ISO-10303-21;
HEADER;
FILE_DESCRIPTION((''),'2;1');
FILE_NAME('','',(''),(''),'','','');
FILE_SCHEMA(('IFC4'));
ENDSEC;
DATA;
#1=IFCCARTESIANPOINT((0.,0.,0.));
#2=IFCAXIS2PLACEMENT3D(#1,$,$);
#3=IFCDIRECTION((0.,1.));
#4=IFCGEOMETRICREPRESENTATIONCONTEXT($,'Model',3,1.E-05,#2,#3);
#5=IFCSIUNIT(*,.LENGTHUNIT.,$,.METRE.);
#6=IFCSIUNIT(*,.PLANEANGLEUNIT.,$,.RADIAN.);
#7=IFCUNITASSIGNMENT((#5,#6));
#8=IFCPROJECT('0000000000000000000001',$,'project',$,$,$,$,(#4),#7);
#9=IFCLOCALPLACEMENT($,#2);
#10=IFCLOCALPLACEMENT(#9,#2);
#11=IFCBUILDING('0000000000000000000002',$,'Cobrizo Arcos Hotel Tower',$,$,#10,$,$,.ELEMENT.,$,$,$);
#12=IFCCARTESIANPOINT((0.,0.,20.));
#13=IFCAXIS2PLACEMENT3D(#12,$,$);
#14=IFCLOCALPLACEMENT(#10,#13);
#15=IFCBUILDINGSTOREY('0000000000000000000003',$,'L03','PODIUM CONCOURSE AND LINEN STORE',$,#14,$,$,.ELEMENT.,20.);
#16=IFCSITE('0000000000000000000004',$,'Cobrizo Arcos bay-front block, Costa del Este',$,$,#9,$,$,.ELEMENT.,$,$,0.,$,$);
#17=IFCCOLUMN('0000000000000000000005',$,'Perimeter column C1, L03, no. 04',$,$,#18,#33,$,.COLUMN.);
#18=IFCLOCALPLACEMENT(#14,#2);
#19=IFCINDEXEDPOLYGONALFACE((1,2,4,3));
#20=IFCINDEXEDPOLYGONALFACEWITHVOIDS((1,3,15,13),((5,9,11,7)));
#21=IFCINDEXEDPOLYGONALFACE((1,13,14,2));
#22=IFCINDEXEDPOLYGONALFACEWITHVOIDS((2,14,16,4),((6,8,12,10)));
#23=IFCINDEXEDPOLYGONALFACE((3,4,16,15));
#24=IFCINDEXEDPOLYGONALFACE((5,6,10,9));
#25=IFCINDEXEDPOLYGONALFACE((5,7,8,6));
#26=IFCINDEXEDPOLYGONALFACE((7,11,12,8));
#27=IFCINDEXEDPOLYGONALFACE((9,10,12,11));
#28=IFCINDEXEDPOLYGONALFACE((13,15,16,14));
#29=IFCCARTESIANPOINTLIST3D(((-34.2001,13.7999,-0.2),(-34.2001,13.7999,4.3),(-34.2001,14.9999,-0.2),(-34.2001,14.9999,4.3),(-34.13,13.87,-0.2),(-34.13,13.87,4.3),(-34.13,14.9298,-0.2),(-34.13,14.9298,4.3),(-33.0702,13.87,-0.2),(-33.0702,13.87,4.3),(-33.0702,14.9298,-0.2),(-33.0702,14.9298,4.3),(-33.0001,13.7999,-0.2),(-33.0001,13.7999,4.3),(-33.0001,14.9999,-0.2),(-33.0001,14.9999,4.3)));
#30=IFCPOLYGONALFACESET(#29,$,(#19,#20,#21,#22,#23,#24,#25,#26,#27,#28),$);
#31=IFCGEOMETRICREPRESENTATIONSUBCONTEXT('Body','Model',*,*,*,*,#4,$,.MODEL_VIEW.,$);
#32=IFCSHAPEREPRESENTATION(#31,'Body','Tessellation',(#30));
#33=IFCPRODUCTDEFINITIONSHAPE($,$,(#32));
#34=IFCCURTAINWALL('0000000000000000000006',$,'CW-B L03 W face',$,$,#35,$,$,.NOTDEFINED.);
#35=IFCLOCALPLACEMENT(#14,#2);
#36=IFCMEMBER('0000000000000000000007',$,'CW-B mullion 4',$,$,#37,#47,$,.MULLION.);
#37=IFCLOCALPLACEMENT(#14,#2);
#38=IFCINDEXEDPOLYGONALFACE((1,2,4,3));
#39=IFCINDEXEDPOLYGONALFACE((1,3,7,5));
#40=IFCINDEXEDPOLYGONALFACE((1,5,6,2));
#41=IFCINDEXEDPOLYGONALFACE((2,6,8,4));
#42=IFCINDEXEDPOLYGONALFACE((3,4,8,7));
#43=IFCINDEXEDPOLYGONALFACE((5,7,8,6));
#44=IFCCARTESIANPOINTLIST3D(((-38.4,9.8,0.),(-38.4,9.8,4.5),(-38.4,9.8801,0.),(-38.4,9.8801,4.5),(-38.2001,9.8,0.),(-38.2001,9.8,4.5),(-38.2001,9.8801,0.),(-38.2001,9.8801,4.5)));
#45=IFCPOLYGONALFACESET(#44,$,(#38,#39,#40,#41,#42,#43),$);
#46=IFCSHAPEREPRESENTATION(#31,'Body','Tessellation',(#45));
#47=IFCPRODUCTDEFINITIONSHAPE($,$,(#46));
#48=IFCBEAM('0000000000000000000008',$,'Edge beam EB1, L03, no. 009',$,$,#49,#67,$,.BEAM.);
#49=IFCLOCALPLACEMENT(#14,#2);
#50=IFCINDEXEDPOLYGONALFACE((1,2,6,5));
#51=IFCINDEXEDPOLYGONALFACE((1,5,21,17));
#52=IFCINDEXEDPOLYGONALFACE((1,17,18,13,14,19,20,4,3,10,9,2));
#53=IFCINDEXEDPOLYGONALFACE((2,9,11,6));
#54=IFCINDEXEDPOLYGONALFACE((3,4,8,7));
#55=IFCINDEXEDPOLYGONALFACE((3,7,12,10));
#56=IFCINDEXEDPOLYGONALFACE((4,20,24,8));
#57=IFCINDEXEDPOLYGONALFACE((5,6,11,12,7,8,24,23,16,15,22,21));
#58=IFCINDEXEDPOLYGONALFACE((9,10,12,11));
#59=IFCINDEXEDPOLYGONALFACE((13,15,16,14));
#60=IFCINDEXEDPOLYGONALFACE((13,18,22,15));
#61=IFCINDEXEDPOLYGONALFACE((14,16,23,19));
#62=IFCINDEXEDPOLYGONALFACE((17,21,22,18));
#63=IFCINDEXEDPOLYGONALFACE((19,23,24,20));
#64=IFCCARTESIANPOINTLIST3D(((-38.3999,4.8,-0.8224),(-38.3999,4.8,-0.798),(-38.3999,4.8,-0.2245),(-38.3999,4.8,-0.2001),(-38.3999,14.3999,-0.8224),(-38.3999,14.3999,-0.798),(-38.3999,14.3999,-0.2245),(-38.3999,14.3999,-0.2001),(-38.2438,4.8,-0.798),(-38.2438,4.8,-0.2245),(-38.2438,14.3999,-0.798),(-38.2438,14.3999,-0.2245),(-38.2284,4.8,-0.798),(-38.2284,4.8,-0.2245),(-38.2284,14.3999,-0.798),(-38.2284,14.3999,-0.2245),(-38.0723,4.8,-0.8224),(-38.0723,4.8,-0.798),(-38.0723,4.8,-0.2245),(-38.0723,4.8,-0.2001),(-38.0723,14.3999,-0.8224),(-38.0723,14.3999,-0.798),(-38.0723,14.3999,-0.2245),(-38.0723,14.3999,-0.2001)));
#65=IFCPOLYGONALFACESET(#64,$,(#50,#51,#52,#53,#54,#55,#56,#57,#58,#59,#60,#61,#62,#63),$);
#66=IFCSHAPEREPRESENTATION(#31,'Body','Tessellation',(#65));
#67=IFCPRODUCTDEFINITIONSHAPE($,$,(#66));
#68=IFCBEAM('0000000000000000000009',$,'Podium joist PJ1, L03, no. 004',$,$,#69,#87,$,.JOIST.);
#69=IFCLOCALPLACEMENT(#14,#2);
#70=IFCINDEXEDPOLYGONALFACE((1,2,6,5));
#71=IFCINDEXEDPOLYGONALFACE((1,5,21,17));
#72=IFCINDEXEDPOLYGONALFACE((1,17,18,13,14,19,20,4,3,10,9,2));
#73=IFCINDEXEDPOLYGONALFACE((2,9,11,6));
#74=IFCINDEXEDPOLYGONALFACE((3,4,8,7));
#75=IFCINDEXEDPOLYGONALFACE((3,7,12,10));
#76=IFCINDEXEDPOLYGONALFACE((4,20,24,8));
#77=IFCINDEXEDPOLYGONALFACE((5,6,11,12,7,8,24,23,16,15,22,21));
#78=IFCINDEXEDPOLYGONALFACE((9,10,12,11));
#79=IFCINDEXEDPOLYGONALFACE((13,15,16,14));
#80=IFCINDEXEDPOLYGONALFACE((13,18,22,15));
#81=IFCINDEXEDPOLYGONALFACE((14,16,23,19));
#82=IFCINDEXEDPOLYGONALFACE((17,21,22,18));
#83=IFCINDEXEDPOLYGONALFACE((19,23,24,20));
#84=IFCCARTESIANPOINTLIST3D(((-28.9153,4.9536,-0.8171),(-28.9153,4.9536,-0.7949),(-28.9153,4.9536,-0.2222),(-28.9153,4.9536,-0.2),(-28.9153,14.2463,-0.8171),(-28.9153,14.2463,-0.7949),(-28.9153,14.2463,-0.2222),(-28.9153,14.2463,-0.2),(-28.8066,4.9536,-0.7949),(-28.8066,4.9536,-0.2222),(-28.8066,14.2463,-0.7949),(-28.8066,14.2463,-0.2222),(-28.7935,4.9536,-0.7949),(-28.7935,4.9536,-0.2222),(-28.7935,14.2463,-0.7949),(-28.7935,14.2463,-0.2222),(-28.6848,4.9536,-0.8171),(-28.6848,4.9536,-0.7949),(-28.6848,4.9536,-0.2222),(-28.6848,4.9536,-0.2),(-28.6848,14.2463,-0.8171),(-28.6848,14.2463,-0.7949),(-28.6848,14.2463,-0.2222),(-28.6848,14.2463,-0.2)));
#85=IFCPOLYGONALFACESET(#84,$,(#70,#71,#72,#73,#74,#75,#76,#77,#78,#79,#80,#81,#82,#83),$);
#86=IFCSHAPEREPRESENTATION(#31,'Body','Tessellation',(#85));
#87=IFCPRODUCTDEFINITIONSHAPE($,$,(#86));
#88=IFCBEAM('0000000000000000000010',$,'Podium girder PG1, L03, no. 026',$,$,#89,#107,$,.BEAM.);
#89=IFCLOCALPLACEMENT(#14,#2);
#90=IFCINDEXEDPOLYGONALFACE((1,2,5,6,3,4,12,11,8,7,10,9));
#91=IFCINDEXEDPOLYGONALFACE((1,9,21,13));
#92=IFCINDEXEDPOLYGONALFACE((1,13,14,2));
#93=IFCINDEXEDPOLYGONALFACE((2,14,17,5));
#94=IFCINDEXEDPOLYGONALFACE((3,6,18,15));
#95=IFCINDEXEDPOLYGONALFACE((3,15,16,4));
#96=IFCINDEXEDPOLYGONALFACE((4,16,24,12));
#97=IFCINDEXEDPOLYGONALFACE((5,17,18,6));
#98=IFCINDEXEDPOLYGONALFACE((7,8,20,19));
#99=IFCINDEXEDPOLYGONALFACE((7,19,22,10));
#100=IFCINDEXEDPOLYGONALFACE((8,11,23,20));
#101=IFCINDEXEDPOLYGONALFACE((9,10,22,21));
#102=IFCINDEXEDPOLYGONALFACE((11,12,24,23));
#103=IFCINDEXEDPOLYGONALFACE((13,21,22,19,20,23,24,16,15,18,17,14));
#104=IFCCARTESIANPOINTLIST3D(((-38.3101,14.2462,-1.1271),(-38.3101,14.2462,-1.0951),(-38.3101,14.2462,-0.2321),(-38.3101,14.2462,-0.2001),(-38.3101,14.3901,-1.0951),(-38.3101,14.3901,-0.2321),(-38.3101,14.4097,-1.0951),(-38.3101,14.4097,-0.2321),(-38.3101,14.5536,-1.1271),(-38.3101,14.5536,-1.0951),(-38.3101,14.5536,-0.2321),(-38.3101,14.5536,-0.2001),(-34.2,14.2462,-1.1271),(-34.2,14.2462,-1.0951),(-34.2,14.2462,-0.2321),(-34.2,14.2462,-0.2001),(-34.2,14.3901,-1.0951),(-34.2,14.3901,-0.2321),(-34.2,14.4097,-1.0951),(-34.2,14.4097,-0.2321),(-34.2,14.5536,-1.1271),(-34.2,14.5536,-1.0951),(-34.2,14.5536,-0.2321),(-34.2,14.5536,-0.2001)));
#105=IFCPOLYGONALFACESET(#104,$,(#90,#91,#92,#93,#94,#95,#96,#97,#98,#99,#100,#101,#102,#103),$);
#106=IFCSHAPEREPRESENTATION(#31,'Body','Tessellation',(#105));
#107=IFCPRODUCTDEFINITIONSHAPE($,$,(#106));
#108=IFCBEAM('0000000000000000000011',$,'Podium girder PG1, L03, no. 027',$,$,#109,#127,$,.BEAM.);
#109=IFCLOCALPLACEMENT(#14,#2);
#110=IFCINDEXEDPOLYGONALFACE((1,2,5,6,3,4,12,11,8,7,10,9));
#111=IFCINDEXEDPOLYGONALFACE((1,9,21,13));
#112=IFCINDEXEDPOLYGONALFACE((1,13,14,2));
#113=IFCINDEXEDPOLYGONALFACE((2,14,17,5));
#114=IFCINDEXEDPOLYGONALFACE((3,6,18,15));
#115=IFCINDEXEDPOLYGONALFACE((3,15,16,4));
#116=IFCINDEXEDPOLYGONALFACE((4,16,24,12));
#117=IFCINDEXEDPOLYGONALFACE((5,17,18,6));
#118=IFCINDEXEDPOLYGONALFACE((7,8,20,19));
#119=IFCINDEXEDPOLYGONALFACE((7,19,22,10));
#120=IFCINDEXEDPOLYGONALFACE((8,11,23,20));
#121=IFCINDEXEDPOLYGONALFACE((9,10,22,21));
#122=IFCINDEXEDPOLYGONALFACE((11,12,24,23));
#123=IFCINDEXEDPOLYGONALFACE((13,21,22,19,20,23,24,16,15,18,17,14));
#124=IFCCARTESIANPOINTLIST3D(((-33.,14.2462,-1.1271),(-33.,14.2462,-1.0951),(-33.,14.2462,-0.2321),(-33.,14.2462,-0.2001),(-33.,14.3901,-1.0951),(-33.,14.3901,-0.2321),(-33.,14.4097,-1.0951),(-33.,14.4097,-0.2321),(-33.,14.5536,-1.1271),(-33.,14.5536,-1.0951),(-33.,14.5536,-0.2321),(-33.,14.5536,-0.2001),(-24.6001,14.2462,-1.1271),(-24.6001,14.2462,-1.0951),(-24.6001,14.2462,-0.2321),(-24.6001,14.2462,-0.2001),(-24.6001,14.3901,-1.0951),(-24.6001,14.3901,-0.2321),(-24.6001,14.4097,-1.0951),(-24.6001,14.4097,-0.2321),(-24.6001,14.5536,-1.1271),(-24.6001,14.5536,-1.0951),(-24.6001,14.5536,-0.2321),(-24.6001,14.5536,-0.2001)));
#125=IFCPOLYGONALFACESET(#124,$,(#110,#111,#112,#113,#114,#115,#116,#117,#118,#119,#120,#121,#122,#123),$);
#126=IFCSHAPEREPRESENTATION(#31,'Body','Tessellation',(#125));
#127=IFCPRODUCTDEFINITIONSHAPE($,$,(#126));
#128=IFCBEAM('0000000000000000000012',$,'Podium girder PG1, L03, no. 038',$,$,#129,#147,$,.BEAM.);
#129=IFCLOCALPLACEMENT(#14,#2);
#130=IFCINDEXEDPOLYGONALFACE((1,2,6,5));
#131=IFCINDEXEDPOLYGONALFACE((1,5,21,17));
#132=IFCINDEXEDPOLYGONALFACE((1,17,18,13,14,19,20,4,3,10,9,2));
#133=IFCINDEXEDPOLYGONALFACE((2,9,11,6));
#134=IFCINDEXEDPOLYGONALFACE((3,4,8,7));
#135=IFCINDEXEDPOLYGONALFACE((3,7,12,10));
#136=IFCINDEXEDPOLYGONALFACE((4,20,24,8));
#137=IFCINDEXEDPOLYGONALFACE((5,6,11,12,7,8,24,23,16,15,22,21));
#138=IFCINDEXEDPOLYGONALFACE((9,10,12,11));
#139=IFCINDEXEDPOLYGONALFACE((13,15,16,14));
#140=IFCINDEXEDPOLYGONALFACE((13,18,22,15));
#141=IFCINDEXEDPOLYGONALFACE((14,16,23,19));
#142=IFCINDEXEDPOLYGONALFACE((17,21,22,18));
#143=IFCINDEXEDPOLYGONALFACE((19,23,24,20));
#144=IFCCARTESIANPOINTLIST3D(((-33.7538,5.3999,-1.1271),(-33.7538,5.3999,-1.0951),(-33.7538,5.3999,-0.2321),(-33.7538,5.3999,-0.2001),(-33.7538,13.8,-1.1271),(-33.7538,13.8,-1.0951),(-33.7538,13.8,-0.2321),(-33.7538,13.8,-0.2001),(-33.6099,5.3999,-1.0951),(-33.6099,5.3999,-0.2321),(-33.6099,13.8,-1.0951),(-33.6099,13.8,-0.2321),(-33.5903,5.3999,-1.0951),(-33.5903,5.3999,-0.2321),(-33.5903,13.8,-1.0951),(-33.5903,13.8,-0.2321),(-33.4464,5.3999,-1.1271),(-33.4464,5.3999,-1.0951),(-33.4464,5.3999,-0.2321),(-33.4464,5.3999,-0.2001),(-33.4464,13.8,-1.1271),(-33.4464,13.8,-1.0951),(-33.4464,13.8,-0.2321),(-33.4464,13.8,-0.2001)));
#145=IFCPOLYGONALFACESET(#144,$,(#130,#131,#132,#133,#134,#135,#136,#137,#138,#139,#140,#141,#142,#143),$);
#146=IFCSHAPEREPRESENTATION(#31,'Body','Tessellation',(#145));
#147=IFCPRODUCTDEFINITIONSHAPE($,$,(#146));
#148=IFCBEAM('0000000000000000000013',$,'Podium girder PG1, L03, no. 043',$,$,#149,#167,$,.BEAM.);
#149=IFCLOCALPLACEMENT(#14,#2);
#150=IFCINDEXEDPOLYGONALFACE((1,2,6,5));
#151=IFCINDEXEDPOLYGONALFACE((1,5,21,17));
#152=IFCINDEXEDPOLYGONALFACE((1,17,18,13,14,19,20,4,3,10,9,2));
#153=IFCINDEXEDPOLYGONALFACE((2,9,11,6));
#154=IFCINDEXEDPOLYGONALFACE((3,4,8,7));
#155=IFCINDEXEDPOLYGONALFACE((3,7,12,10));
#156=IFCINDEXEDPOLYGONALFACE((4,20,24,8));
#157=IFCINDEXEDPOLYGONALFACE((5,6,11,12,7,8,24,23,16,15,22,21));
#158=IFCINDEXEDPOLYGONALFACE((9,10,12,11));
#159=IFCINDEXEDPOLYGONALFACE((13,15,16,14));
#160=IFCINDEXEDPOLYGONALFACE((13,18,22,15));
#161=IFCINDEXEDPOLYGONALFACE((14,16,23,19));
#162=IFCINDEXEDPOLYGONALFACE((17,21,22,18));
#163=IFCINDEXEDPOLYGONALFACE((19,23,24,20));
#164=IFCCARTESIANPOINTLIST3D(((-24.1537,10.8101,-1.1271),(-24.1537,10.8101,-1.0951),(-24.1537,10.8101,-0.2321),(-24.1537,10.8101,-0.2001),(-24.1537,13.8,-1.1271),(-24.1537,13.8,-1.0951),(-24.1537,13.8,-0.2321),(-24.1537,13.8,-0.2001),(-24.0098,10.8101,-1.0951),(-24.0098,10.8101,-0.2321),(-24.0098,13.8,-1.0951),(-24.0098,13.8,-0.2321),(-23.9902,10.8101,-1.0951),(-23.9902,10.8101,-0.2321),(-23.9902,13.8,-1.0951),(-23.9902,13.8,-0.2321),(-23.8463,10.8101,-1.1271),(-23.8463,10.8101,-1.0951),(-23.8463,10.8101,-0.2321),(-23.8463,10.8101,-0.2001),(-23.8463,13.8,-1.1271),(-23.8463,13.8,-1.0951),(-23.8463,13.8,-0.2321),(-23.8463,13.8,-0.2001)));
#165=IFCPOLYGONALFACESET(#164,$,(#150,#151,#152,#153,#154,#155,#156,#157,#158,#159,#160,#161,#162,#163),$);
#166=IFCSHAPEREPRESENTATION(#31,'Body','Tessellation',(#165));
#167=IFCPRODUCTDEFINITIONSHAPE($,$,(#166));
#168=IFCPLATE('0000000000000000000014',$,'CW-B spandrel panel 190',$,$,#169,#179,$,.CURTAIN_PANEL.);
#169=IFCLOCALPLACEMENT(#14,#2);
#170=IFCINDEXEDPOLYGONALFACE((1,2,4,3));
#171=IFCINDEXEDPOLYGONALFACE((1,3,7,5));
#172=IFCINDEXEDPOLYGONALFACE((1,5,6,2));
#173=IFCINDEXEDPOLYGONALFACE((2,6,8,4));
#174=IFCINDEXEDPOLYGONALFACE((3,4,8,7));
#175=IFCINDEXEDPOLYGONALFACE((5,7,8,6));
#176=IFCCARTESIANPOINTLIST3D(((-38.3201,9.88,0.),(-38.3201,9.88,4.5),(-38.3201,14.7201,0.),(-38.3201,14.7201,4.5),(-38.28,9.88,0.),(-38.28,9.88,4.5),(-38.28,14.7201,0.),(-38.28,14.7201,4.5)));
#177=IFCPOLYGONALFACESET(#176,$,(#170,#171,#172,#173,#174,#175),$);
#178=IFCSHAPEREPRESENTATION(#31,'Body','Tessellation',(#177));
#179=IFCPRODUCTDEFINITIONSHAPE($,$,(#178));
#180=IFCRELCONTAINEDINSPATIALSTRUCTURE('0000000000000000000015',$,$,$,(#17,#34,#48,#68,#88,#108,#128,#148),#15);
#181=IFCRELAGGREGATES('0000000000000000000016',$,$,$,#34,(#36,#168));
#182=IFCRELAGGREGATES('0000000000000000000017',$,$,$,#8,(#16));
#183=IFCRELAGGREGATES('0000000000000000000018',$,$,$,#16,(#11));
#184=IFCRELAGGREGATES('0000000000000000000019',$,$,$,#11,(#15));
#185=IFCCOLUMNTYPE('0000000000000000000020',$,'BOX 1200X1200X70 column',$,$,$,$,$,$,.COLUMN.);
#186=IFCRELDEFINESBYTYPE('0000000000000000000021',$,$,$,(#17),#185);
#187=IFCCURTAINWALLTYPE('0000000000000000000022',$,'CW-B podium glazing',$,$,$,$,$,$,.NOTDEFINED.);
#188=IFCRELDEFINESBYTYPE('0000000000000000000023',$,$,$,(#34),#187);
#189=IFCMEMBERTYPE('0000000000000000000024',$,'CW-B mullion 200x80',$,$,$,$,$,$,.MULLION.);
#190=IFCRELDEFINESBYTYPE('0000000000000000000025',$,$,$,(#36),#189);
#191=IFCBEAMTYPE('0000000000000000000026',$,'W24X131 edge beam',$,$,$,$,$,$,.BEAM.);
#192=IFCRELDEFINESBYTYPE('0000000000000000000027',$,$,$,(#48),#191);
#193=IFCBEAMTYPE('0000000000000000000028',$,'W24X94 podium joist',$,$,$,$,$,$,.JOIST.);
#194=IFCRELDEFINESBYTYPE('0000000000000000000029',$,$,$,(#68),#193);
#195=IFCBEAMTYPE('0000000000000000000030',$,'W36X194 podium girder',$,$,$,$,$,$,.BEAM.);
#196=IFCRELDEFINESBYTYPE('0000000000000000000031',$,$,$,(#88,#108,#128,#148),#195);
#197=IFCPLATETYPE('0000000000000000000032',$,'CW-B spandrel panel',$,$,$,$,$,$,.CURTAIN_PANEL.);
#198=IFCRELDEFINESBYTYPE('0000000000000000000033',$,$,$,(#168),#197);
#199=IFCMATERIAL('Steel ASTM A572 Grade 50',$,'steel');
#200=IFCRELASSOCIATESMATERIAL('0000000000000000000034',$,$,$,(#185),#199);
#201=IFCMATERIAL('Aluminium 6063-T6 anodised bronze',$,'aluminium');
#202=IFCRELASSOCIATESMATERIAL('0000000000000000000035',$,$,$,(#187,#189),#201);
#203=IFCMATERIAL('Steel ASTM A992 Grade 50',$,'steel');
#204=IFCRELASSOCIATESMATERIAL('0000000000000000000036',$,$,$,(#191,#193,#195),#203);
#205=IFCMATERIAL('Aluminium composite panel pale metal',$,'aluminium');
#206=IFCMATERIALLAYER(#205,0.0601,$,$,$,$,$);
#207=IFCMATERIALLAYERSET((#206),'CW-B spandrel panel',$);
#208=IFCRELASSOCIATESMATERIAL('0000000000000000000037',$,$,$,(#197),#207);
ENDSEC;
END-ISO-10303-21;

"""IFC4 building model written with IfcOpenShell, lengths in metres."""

from ifc_helpers import new_model, si_unit, direction, frame, origin, origin_2d, place, context, subcontext, project, spatial, rectangle, hollow_rectangle, i_section, extrude, material, layer, layer_set, material_profile, profile_set, type_object, element, aggregate, save


model = new_model("IFC4")

# Units and contexts
model_context = context("Model", 3, precision=1e-05, world=origin(), true_north=direction((0.0, 1.0)))
body_context = subcontext(model_context, "Body", "Model", "MODEL_VIEW")
ifc_project = project(units=[si_unit("LENGTHUNIT", "METRE"), si_unit("PLANEANGLEUNIT", "RADIAN")], contexts=[model_context])

# Site, building, storey
site_placement = place(None, origin())
site = spatial("IfcSite", under=ifc_project, at=site_placement, Name="Cobrizo Arcos bay-front block, Costa del Este", CompositionType="ELEMENT", RefElevation=0.0)
building_placement = place(site_placement, origin())
building = spatial("IfcBuilding", under=site, at=building_placement, Name="Cobrizo Arcos Hotel Tower", CompositionType="ELEMENT")
storey_placement = place(building_placement, frame((0.0, 0.0, 20.0)))
storey = spatial("IfcBuildingStorey", under=building, at=storey_placement, Name="L03", Description="PODIUM CONCOURSE AND LINEN STORE", CompositionType="ELEMENT", Elevation=20.0)

# Column
ifc_material_1 = material(Name="Steel ASTM A572 Grade 50", Category="steel")
ifc_material_profile_1 = material_profile(ifc_material_1, hollow_rectangle(XDim=1.2, YDim=1.2, WallThickness=0.0701, at=origin_2d()), Name="BOX 1200X1200X70")
ifc_profile_set_1 = profile_set([ifc_material_profile_1], Name="Steel ASTM A572 Grade 50")
column_type = type_object("IfcColumnType", Name="BOX 1200X1200X70 column", PredefinedType="COLUMN", material=ifc_profile_set_1)
column_placement = place(storey_placement, frame((-33.6001, 14.3999, -0.2), z_axis=(0.0, 0.0, 1.0), x_axis=(1.0, 0.0, 0.0)))
element("IfcColumn", 1, at=column_placement, inside=storey, type_object=column_type, Name="Perimeter column C1, L03, no. 04", PredefinedType="COLUMN", context=body_context, shape_type="SweptSolid", body=[
    extrude(hollow_rectangle(XDim=1.2, YDim=1.2, WallThickness=0.0701, at=origin_2d()), origin(), (0.0, 0.0, 1.0), 4.5),
])

# Curtain wall, member
ifc_material_2 = material(Name="Aluminium 6063-T6 anodised bronze", Category="aluminium")
curtain_wall_type = type_object("IfcCurtainWallType", Name="CW-B podium glazing", PredefinedType="NOTDEFINED", material=ifc_material_2)
curtain_wall_placement = place(storey_placement, origin())
curtain_wall = element("IfcCurtainWall", 2, at=curtain_wall_placement, inside=storey, type_object=curtain_wall_type, Name="CW-B L03 W face", PredefinedType="NOTDEFINED")
ifc_material_profile_2 = material_profile(ifc_material_2, rectangle(XDim=0.2, YDim=0.0801, at=origin_2d()), Name="CW-B mullion 200x80")
ifc_profile_set_2 = profile_set([ifc_material_profile_2], Name="Aluminium 6063-T6 anodised bronze")
member_type = type_object("IfcMemberType", Name="CW-B mullion 200x80", PredefinedType="MULLION", material=ifc_profile_set_2)
member_placement = place(storey_placement, frame((-38.3, 9.8401, 0.0), z_axis=(0.0, 0.0, 1.0), x_axis=(-1.0, 0.0, 0.0)))
member = element("IfcMember", 3, at=member_placement, type_object=member_type, Name="CW-B mullion 4", PredefinedType="MULLION", context=body_context, shape_type="SweptSolid", body=[
    extrude(rectangle(XDim=0.2, YDim=0.0801, at=origin_2d()), origin(), (0.0, 0.0, 1.0), 4.5),
])

# Beams
ifc_material_3 = material(Name="Steel ASTM A992 Grade 50", Category="steel")
ifc_material_profile_3 = material_profile(ifc_material_3, i_section(OverallWidth=0.3276, OverallDepth=0.6223, WebThickness=0.0154, FlangeThickness=0.0244, at=origin_2d()), Name="W24X131")
ifc_profile_set_3 = profile_set([ifc_material_profile_3], Name="Steel ASTM A992 Grade 50")
beam_type_1 = type_object("IfcBeamType", Name="W24X131 edge beam", PredefinedType="BEAM", material=ifc_profile_set_3)
beam_1_placement = place(storey_placement, frame((-38.2361, 14.3999, -0.5112), z_axis=(0.0, -1.0, 0.0), x_axis=(1.0, 0.0, 0.0)))
element("IfcBeam", 4, at=beam_1_placement, inside=storey, type_object=beam_type_1, Name="Edge beam EB1, L03, no. 009", PredefinedType="BEAM", context=body_context, shape_type="SweptSolid", body=[
    extrude(i_section(OverallWidth=0.3276, OverallDepth=0.6223, WebThickness=0.0154, FlangeThickness=0.0244, at=origin_2d()), origin(), (0.0, 0.0, 1.0), 9.5999),
])
ifc_material_profile_4 = material_profile(ifc_material_3, i_section(OverallWidth=0.2305, OverallDepth=0.6172, WebThickness=0.0132, FlangeThickness=0.0222, at=origin_2d()), Name="W24X94")
ifc_profile_set_4 = profile_set([ifc_material_profile_4], Name="Steel ASTM A992 Grade 50")
beam_type_2 = type_object("IfcBeamType", Name="W24X94 podium joist", PredefinedType="JOIST", material=ifc_profile_set_4)
beam_2_placement = place(storey_placement, frame((-28.8, 4.9536, -0.5085), z_axis=(0.0, 1.0, 0.0), x_axis=(-1.0, 0.0, 0.0)))
element("IfcBeam", 5, at=beam_2_placement, inside=storey, type_object=beam_type_2, Name="Podium joist PJ1, L03, no. 004", PredefinedType="JOIST", context=body_context, shape_type="SweptSolid", body=[
    extrude(i_section(OverallWidth=0.2305, OverallDepth=0.6172, WebThickness=0.0132, FlangeThickness=0.0222, at=origin_2d()), origin(), (0.0, 0.0, 1.0), 9.2927),
])
ifc_material_profile_5 = material_profile(ifc_material_3, i_section(OverallWidth=0.3074, OverallDepth=0.927, WebThickness=0.0195, FlangeThickness=0.032, at=origin_2d()), Name="W36X194")
ifc_profile_set_5 = profile_set([ifc_material_profile_5], Name="Steel ASTM A992 Grade 50")
beam_type_3 = type_object("IfcBeamType", Name="W36X194 podium girder", PredefinedType="BEAM", material=ifc_profile_set_5)
beam_3_placement = place(storey_placement, frame((-38.3101, 14.3999, -0.6636), z_axis=(1.0, 0.0, 0.0), x_axis=(0.0, 1.0, 0.0)))
element("IfcBeam", 6, at=beam_3_placement, inside=storey, type_object=beam_type_3, Name="Podium girder PG1, L03, no. 026", PredefinedType="BEAM", context=body_context, shape_type="SweptSolid", body=[
    extrude(i_section(OverallWidth=0.3074, OverallDepth=0.927, WebThickness=0.0195, FlangeThickness=0.032, at=origin_2d()), origin(), (0.0, 0.0, 1.0), 4.1101),
])
beam_4_placement = place(storey_placement, frame((-33.0, 14.3999, -0.6636), z_axis=(1.0, 0.0, 0.0), x_axis=(0.0, 1.0, 0.0)))
element("IfcBeam", 7, at=beam_4_placement, inside=storey, type_object=beam_type_3, Name="Podium girder PG1, L03, no. 027", PredefinedType="BEAM", context=body_context, shape_type="SweptSolid", body=[
    extrude(i_section(OverallWidth=0.3074, OverallDepth=0.927, WebThickness=0.0195, FlangeThickness=0.032, at=origin_2d()), origin(), (0.0, 0.0, 1.0), 8.3999),
])
beam_5_placement = place(storey_placement, frame((-33.6001, 5.3999, -0.6636), z_axis=(0.0, 1.0, 0.0), x_axis=(-1.0, 0.0, 0.0)))
element("IfcBeam", 8, at=beam_5_placement, inside=storey, type_object=beam_type_3, Name="Podium girder PG1, L03, no. 038", PredefinedType="BEAM", context=body_context, shape_type="SweptSolid", body=[
    extrude(i_section(OverallWidth=0.3074, OverallDepth=0.927, WebThickness=0.0195, FlangeThickness=0.032, at=origin_2d()), origin(), (0.0, 0.0, 1.0), 8.4001),
])
beam_6_placement = place(storey_placement, frame((-24.0, 10.8101, -0.6636), z_axis=(0.0, 1.0, 0.0), x_axis=(-1.0, 0.0, 0.0)))
element("IfcBeam", 9, at=beam_6_placement, inside=storey, type_object=beam_type_3, Name="Podium girder PG1, L03, no. 043", PredefinedType="BEAM", context=body_context, shape_type="SweptSolid", body=[
    extrude(i_section(OverallWidth=0.3074, OverallDepth=0.927, WebThickness=0.0195, FlangeThickness=0.032, at=origin_2d()), origin(), (0.0, 0.0, 1.0), 2.99),
])

# Plate
ifc_material_4 = material(Name="Aluminium composite panel pale metal", Category="aluminium")
ifc_layer_1 = layer(ifc_material_4, 0.0601)
ifc_layer_set_1 = layer_set([ifc_layer_1], Name="CW-B spandrel panel")
plate_type = type_object("IfcPlateType", Name="CW-B spandrel panel", PredefinedType="CURTAIN_PANEL", material=ifc_layer_set_1)
plate_1_placement = place(storey_placement, frame((-38.3, 12.3, 0.0), z_axis=(0.0, 0.0, 1.0), x_axis=(0.0, -1.0, 0.0)))
plate_1 = element("IfcPlate", 10, at=plate_1_placement, type_object=plate_type, Name="CW-B spandrel panel 190", PredefinedType="CURTAIN_PANEL", context=body_context, shape_type="SweptSolid", body=[
    extrude(rectangle(XDim=4.8401, YDim=0.04, at=origin_2d()), origin(), (0.0, 0.0, 1.0), 4.5),
])
aggregate(curtain_wall, [member, plate_1])

save(model, "model.ifc")
